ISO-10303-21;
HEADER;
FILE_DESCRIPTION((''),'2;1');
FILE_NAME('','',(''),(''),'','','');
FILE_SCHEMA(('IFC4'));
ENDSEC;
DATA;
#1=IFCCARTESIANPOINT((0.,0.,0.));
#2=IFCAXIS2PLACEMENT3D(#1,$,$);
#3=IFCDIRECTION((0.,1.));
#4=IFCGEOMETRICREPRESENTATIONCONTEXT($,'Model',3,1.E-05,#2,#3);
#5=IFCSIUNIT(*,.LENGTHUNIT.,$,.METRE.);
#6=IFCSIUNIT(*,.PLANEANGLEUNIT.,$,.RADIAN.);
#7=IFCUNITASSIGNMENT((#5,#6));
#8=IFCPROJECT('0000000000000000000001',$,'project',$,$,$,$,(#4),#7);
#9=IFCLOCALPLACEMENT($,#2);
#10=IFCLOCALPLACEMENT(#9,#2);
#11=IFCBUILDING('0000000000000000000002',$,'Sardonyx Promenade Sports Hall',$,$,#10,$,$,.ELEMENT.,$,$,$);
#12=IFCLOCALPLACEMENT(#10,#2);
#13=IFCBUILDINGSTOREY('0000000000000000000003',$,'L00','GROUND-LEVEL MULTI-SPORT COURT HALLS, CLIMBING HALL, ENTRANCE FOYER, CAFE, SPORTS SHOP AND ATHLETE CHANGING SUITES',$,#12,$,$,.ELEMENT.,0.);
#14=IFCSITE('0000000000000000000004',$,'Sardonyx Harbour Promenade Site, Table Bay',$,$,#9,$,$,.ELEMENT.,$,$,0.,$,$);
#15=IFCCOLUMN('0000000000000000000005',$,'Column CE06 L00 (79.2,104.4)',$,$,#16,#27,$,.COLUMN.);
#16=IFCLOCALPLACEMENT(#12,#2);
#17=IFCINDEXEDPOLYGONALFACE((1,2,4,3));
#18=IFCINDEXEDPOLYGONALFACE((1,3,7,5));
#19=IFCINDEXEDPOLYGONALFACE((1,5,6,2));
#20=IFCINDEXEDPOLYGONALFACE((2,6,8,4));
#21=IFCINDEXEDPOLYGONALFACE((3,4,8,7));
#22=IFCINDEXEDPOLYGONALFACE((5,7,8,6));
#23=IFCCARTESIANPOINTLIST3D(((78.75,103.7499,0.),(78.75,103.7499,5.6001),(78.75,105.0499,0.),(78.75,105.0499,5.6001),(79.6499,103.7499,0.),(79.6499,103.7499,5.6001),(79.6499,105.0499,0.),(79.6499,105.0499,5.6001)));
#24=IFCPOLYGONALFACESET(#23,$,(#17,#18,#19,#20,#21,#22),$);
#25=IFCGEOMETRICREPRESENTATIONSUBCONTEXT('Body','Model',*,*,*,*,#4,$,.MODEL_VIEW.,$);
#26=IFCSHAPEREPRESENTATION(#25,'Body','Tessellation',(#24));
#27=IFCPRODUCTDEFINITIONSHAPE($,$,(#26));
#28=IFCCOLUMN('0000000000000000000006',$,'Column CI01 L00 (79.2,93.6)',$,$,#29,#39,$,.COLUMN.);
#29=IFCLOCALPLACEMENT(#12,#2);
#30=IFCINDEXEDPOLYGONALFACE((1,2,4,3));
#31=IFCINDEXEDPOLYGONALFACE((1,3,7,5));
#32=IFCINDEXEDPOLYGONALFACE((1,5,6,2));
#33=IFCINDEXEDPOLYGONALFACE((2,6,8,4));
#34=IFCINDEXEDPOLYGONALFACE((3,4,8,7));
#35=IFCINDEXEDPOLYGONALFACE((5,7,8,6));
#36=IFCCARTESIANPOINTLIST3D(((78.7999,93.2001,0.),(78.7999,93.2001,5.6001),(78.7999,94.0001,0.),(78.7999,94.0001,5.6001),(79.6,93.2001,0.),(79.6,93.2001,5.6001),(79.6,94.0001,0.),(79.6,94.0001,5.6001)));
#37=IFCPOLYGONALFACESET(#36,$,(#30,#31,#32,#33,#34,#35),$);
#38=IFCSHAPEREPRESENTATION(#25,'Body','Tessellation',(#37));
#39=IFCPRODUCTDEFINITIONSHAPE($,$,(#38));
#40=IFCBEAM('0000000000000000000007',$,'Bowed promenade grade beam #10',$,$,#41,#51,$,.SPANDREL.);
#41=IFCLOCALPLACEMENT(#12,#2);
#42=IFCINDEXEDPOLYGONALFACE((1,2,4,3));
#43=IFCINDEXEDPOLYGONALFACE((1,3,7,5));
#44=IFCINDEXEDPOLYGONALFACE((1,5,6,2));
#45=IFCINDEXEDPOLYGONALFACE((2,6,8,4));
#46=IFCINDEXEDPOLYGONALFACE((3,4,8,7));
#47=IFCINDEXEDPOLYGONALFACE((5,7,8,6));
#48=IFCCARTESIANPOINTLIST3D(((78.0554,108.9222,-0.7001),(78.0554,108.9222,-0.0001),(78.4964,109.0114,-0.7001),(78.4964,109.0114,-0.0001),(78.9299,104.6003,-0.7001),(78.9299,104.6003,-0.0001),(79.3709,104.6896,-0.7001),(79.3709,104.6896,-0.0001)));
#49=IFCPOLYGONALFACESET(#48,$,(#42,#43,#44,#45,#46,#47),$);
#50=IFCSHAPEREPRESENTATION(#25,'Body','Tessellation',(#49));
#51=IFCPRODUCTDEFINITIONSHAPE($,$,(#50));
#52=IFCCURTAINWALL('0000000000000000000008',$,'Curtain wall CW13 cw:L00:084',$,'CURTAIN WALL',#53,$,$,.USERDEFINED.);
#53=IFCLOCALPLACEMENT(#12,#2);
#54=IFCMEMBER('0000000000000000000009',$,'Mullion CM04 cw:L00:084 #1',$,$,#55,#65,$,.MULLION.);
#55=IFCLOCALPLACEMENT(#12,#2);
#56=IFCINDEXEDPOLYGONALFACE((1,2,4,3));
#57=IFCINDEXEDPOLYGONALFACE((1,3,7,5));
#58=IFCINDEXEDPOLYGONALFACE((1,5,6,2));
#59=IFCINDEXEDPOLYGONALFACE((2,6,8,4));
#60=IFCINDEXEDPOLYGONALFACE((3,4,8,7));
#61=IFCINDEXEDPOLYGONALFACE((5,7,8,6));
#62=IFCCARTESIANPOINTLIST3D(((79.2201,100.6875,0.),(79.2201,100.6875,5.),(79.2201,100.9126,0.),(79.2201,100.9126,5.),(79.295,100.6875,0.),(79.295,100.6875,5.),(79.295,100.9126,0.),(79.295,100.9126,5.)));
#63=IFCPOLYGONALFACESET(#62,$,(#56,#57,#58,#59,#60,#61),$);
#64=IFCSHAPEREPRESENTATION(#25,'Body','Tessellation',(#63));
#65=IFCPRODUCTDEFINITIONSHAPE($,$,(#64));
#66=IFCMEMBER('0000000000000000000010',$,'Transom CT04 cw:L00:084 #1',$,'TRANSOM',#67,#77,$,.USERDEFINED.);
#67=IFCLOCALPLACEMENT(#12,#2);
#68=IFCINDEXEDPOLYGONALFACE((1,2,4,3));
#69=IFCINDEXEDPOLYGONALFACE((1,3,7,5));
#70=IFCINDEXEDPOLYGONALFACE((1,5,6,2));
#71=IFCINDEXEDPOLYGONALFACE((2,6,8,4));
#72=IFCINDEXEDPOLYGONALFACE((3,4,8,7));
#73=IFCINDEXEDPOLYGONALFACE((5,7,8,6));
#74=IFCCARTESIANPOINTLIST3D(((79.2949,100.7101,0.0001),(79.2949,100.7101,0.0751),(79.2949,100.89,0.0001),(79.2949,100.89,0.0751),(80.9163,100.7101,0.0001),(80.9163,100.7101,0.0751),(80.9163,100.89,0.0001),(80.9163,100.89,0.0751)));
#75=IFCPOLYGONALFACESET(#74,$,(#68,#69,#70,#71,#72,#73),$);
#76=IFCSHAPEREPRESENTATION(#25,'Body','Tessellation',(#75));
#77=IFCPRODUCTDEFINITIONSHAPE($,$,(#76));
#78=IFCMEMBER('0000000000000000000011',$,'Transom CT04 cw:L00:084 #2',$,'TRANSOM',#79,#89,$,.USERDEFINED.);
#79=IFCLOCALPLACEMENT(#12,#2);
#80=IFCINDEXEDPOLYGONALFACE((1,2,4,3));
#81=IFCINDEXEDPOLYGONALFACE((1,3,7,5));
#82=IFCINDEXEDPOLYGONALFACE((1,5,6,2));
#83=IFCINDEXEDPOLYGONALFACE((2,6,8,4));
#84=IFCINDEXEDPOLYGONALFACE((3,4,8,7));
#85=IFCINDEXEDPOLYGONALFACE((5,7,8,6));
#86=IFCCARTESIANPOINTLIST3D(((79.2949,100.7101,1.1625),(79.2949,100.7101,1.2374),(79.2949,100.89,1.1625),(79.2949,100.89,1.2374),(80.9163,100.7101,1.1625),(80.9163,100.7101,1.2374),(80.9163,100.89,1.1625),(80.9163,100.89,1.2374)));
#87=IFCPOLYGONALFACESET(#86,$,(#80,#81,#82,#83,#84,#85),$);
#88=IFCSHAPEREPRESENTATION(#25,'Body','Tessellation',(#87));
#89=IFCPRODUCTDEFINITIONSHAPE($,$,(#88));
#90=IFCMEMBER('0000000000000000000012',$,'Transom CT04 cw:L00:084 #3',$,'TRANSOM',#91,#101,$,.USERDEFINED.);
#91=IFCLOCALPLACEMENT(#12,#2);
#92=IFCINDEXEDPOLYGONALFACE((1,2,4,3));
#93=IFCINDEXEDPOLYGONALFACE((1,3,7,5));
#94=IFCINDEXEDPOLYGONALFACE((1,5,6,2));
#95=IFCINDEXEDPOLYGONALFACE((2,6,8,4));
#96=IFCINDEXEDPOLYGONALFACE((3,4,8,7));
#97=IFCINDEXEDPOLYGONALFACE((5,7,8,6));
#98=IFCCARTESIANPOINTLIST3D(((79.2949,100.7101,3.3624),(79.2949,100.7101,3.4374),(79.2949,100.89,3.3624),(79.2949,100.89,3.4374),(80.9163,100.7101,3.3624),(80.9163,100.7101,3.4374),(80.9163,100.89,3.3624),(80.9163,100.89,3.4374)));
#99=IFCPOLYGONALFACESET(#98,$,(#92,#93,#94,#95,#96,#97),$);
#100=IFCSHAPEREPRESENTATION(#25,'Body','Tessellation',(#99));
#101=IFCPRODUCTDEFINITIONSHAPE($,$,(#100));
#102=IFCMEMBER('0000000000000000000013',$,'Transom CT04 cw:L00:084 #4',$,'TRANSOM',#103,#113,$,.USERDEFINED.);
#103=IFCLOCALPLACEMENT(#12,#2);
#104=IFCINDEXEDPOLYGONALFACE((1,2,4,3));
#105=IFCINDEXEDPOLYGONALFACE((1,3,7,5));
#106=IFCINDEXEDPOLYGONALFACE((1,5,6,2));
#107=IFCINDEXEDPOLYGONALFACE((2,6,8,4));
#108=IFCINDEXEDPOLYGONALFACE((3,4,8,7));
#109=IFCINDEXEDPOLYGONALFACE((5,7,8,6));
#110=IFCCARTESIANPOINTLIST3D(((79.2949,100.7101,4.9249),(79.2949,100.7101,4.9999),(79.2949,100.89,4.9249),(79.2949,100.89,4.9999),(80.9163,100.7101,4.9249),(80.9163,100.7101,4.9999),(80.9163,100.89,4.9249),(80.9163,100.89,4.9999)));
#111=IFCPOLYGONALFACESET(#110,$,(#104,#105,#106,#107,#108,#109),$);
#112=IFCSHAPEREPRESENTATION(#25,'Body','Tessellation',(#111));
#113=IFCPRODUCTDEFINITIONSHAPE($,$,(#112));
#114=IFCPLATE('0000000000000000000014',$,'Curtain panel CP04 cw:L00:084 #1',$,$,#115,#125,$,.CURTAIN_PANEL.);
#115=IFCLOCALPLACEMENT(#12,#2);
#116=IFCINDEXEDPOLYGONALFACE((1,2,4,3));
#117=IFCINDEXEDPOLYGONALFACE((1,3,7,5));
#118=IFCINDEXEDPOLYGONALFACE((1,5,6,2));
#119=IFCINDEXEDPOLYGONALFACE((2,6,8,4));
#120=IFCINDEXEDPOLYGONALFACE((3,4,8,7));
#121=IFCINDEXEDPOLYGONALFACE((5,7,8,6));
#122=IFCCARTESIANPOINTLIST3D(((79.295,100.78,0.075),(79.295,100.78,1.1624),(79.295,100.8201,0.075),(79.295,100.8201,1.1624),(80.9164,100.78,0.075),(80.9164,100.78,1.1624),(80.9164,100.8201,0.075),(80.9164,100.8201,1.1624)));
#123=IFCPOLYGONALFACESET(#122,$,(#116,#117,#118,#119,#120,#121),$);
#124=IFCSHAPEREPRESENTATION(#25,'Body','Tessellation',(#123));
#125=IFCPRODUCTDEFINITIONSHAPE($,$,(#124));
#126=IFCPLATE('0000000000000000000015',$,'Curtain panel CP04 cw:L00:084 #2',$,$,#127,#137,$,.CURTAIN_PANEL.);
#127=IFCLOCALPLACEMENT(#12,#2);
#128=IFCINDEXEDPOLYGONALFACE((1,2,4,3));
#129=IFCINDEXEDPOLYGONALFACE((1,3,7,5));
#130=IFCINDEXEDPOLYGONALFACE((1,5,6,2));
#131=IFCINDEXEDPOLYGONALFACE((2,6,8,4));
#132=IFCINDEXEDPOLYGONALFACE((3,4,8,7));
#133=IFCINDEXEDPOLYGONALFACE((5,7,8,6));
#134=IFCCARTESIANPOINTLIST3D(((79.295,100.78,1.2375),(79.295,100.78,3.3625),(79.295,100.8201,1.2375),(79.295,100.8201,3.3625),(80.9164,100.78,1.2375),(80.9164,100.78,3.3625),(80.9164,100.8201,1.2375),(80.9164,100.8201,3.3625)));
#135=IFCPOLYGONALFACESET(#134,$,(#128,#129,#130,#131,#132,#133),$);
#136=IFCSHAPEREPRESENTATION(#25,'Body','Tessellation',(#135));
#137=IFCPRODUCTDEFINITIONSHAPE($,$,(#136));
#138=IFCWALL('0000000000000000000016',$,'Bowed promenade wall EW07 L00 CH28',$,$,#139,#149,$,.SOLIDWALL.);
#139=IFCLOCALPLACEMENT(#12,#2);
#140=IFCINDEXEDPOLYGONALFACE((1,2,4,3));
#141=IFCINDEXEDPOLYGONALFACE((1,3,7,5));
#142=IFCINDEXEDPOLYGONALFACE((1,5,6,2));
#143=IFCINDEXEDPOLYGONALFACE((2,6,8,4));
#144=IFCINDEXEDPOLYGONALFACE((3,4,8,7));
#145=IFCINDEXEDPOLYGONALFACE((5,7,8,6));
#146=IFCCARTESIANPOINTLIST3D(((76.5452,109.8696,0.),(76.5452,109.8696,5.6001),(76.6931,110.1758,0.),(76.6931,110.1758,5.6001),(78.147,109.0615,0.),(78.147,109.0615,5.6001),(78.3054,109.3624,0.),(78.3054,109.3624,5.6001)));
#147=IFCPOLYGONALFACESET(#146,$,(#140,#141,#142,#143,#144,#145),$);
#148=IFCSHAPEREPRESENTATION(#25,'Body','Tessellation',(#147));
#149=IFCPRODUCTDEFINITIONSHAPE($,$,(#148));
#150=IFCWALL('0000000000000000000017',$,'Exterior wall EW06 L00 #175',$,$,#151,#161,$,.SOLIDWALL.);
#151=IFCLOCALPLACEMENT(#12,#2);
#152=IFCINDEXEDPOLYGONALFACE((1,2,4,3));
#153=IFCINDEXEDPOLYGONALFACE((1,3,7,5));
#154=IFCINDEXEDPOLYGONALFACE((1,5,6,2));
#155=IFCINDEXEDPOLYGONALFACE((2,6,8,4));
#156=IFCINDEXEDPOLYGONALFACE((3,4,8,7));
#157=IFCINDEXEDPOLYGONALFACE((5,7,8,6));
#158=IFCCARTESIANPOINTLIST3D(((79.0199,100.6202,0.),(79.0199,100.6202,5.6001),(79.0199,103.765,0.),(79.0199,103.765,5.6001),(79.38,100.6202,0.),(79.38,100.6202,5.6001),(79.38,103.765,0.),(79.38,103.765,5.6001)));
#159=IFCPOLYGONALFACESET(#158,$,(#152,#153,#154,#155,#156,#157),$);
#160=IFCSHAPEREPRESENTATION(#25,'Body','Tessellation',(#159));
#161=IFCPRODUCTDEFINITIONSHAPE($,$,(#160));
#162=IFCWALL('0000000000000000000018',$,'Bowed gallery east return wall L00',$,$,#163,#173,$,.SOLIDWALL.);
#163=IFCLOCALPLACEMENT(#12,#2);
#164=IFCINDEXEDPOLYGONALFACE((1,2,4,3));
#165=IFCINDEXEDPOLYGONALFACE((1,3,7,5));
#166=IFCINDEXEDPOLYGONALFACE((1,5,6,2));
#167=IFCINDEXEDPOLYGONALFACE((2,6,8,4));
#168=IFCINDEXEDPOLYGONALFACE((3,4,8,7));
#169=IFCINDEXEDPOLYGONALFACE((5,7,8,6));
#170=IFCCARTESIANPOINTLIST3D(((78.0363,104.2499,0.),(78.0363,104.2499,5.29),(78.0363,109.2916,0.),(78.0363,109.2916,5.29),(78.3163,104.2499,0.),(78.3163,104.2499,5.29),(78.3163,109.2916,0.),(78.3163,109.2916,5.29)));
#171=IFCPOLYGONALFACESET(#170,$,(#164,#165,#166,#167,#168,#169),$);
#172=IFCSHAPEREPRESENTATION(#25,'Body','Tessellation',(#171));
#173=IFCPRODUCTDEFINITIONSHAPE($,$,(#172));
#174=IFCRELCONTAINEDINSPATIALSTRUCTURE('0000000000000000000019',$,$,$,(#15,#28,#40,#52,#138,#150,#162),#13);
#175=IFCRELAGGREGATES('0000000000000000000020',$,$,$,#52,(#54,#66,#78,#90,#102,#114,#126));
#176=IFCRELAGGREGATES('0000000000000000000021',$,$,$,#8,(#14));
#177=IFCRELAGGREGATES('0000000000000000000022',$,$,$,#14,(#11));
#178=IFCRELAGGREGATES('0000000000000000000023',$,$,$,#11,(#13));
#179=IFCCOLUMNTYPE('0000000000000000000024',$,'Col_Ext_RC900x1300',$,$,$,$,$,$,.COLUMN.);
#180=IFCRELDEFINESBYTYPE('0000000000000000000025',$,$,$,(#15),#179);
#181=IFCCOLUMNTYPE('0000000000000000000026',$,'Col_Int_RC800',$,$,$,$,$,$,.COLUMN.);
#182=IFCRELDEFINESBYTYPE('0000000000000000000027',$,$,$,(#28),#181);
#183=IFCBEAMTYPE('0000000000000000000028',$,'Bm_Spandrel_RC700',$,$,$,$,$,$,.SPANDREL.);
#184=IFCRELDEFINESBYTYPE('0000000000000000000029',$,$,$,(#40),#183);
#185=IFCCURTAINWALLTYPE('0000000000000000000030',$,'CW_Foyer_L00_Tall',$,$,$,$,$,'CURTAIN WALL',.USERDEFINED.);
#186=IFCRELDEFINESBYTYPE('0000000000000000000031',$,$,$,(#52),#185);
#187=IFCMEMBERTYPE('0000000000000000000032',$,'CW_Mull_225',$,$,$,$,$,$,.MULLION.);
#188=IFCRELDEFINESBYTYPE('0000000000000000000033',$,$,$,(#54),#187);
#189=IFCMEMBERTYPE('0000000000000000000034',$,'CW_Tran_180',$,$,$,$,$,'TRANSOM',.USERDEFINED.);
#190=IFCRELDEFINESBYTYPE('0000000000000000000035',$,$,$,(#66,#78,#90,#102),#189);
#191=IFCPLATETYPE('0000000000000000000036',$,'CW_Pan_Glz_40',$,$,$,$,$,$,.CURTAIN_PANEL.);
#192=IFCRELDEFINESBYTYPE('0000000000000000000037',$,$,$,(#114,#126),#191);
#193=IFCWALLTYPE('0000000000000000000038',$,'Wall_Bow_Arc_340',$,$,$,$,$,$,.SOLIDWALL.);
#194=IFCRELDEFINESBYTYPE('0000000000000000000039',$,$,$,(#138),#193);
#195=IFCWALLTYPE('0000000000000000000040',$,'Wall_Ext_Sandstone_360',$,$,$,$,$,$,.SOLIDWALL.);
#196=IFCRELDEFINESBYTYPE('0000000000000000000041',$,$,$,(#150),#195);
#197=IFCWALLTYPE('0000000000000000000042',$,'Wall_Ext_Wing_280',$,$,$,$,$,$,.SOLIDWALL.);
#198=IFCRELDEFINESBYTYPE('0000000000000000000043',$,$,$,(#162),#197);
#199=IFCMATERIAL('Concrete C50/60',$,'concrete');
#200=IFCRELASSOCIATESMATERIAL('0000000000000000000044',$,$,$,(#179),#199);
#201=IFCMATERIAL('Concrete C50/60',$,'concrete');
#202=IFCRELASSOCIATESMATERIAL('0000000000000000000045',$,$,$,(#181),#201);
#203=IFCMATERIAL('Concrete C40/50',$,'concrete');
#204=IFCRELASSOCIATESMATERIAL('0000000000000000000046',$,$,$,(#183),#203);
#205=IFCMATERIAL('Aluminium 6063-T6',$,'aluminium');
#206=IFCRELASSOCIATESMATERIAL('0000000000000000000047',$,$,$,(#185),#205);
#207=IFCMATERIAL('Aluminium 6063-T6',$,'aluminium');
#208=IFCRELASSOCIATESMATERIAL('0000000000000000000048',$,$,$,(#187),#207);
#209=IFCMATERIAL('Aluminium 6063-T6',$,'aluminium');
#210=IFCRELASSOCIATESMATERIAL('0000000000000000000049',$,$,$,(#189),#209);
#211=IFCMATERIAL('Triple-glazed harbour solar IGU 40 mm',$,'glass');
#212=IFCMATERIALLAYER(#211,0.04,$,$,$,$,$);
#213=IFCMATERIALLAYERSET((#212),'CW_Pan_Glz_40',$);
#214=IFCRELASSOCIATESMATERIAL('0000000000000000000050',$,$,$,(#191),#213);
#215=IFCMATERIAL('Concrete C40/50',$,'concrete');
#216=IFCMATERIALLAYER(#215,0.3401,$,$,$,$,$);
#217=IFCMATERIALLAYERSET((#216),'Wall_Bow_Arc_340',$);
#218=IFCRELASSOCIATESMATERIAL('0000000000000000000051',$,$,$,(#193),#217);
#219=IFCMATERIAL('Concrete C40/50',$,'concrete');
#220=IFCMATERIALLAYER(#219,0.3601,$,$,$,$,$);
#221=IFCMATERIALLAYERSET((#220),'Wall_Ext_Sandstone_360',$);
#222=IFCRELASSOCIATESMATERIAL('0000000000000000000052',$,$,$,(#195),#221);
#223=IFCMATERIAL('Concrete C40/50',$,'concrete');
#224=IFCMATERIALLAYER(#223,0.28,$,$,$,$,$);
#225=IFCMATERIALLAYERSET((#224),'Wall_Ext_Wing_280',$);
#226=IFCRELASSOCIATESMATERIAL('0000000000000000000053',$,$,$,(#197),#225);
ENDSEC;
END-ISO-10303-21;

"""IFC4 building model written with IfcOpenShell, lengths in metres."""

from ifc_helpers import new_model, si_unit, direction, frame, frame_2d, origin, origin_2d, place, context, subcontext, project, spatial, polyline, rectangle, outline, extrude, material, layer, layer_set, material_profile, profile_set, type_object, element, aggregate, save


model = new_model("IFC4")

# Units and contexts
model_context = context("Model", 3, precision=1e-05, world=origin(), true_north=direction((0.0, 1.0)))
body_context = subcontext(model_context, "Body", "Model", "MODEL_VIEW")
ifc_project = project(units=[si_unit("LENGTHUNIT", "METRE"), si_unit("PLANEANGLEUNIT", "RADIAN")], contexts=[model_context])

# Site, building, storey
site_placement = place(None, origin())
site = spatial("IfcSite", under=ifc_project, at=site_placement, Name="Sardonyx Harbour Promenade Site, Table Bay", CompositionType="ELEMENT", RefElevation=0.0)
building_placement = place(site_placement, origin())
building = spatial("IfcBuilding", under=site, at=building_placement, Name="Sardonyx Promenade Sports Hall", CompositionType="ELEMENT")
storey_placement = place(building_placement, origin())
storey = spatial("IfcBuildingStorey", under=building, at=storey_placement, Name="L00", Description="GROUND-LEVEL MULTI-SPORT COURT HALLS, CLIMBING HALL, ENTRANCE FOYER, CAFE, SPORTS SHOP AND ATHLETE CHANGING SUITES", CompositionType="ELEMENT", Elevation=0.0)

# Columns
ifc_material_1 = material(Name="Concrete C50/60", Category="concrete")
ifc_material_profile_1 = material_profile(ifc_material_1, rectangle(XDim=0.8999, YDim=1.3, at=origin_2d()))
ifc_profile_set_1 = profile_set([ifc_material_profile_1], Name="Concrete C50/60")
column_type_1 = type_object("IfcColumnType", Name="Col_Ext_RC900x1300", PredefinedType="COLUMN", material=ifc_profile_set_1)
column_1_placement = place(storey_placement, frame((79.2, 104.3999, 0.0), z_axis=(0.0, 0.0, 1.0), x_axis=(1.0, 0.0, 0.0)))
element("IfcColumn", 1, at=column_1_placement, inside=storey, type_object=column_type_1, Name="Column CE06 L00 (79.2,104.4)", PredefinedType="COLUMN", context=body_context, shape_type="SweptSolid", body=[
    extrude(rectangle(XDim=0.8999, YDim=1.3, at=origin_2d()), origin(), (0.0, 0.0, 1.0), 5.6001),
])
ifc_material_2 = material(Name="Concrete C50/60", Category="concrete")
ifc_material_profile_2 = material_profile(ifc_material_2, rectangle(XDim=0.8, YDim=0.8, at=origin_2d()))
ifc_profile_set_2 = profile_set([ifc_material_profile_2], Name="Concrete C50/60")
column_type_2 = type_object("IfcColumnType", Name="Col_Int_RC800", PredefinedType="COLUMN", material=ifc_profile_set_2)
column_2_placement = place(storey_placement, frame((79.2, 93.6001, 0.0), z_axis=(0.0, 0.0, 1.0), x_axis=(1.0, 0.0, 0.0)))
element("IfcColumn", 2, at=column_2_placement, inside=storey, type_object=column_type_2, Name="Column CI01 L00 (79.2,93.6)", PredefinedType="COLUMN", context=body_context, shape_type="SweptSolid", body=[
    extrude(rectangle(XDim=0.8, YDim=0.8, at=origin_2d()), origin(), (0.0, 0.0, 1.0), 5.6001),
])

# Beam
ifc_material_3 = material(Name="Concrete C40/50", Category="concrete")
ifc_material_profile_3 = material_profile(ifc_material_3, rectangle(XDim=0.45, YDim=0.7, at=origin_2d()))
ifc_profile_set_3 = profile_set([ifc_material_profile_3], Name="Concrete C40/50")
beam_type = type_object("IfcBeamType", Name="Bm_Spandrel_RC700", PredefinedType="SPANDREL", material=ifc_profile_set_3)
beam_placement = place(storey_placement, frame((78.2759, 108.9668, -0.3501), z_axis=(0.19833, -0.980135, 0.0), x_axis=(0.980135, 0.19833, 0.0)))
element("IfcBeam", 3, at=beam_placement, inside=storey, type_object=beam_type, Name="Bowed promenade grade beam #10", PredefinedType="SPANDREL", context=body_context, shape_type="SweptSolid", body=[
    extrude(rectangle(XDim=0.45, YDim=0.7, at=origin_2d()), origin(), (0.0, 0.0, 1.0), 4.4094),
])

# Curtain wall, members, plates
ifc_material_4 = material(Name="Aluminium 6063-T6", Category="aluminium")
curtain_wall_type = type_object("IfcCurtainWallType", Name="CW_Foyer_L00_Tall", ElementType="CURTAIN WALL", PredefinedType="USERDEFINED", material=ifc_material_4)
curtain_wall_placement = place(storey_placement, origin())
curtain_wall = element("IfcCurtainWall", 4, at=curtain_wall_placement, inside=storey, type_object=curtain_wall_type, Name="Curtain wall CW13 cw:L00:084", ObjectType="CURTAIN WALL", PredefinedType="USERDEFINED")
ifc_material_5 = material(Name="Aluminium 6063-T6", Category="aluminium")
ifc_material_profile_4 = material_profile(ifc_material_5, rectangle(XDim=0.075, YDim=0.2251, at=origin_2d()))
ifc_profile_set_4 = profile_set([ifc_material_profile_4], Name="Aluminium 6063-T6")
member_type_1 = type_object("IfcMemberType", Name="CW_Mull_225", PredefinedType="MULLION", material=ifc_profile_set_4)
member_1_placement = place(storey_placement, frame((79.2576, 100.8, 0.0), z_axis=(0.0, 0.0, 1.0), x_axis=(1.0, 0.0, 0.0)))
member_1 = element("IfcMember", 5, at=member_1_placement, type_object=member_type_1, Name="Mullion CM04 cw:L00:084 #1", PredefinedType="MULLION", context=body_context, shape_type="SweptSolid", body=[
    extrude(rectangle(XDim=0.075, YDim=0.2251, at=origin_2d()), origin(), (0.0, 0.0, 1.0), 5.0),
])
ifc_material_6 = material(Name="Aluminium 6063-T6", Category="aluminium")
ifc_material_profile_5 = material_profile(ifc_material_6, rectangle(XDim=0.075, YDim=0.1799, at=origin_2d()))
ifc_profile_set_5 = profile_set([ifc_material_profile_5], Name="Aluminium 6063-T6")
member_type_2 = type_object("IfcMemberType", Name="CW_Tran_180", ElementType="TRANSOM", PredefinedType="USERDEFINED", material=ifc_profile_set_5)
member_2_placement = place(storey_placement, frame((79.2949, 100.8, 0.0376), z_axis=(1.0, 0.0, 0.0), x_axis=(0.0, 0.0, 1.0)))
member_2 = element("IfcMember", 6, at=member_2_placement, type_object=member_type_2, Name="Transom CT04 cw:L00:084 #1", ObjectType="TRANSOM", PredefinedType="USERDEFINED", context=body_context, shape_type="SweptSolid", body=[
    extrude(rectangle(XDim=0.075, YDim=0.1799, at=origin_2d()), origin(), (0.0, 0.0, 1.0), 1.6213),
])
member_3_placement = place(storey_placement, frame((79.2949, 100.8, 1.2), z_axis=(1.0, 0.0, 0.0), x_axis=(0.0, 0.0, 1.0)))
member_3 = element("IfcMember", 7, at=member_3_placement, type_object=member_type_2, Name="Transom CT04 cw:L00:084 #2", ObjectType="TRANSOM", PredefinedType="USERDEFINED", context=body_context, shape_type="SweptSolid", body=[
    extrude(rectangle(XDim=0.075, YDim=0.1799, at=origin_2d()), origin(), (0.0, 0.0, 1.0), 1.6213),
])
member_4_placement = place(storey_placement, frame((79.2949, 100.8, 3.3999), z_axis=(1.0, 0.0, 0.0), x_axis=(0.0, 0.0, 1.0)))
member_4 = element("IfcMember", 8, at=member_4_placement, type_object=member_type_2, Name="Transom CT04 cw:L00:084 #3", ObjectType="TRANSOM", PredefinedType="USERDEFINED", context=body_context, shape_type="SweptSolid", body=[
    extrude(rectangle(XDim=0.075, YDim=0.1799, at=origin_2d()), origin(), (0.0, 0.0, 1.0), 1.6213),
])
member_5_placement = place(storey_placement, frame((79.2949, 100.8, 4.9624), z_axis=(1.0, 0.0, 0.0), x_axis=(0.0, 0.0, 1.0)))
member_5 = element("IfcMember", 9, at=member_5_placement, type_object=member_type_2, Name="Transom CT04 cw:L00:084 #4", ObjectType="TRANSOM", PredefinedType="USERDEFINED", context=body_context, shape_type="SweptSolid", body=[
    extrude(rectangle(XDim=0.075, YDim=0.1799, at=origin_2d()), origin(), (0.0, 0.0, 1.0), 1.6213),
])
ifc_material_7 = material(Name="Triple-glazed harbour solar IGU 40 mm", Category="glass")
ifc_layer_1 = layer(ifc_material_7, 0.04)
ifc_layer_set_1 = layer_set([ifc_layer_1], Name="CW_Pan_Glz_40")
plate_type = type_object("IfcPlateType", Name="CW_Pan_Glz_40", PredefinedType="CURTAIN_PANEL", material=ifc_layer_set_1)
plate_1_placement = place(storey_placement, frame((80.1057, 100.8, 0.075), z_axis=(0.0, 0.0, 1.0), x_axis=(1.0, 0.0, 0.0)))
plate_1 = element("IfcPlate", 10, at=plate_1_placement, type_object=plate_type, Name="Curtain panel CP04 cw:L00:084 #1", PredefinedType="CURTAIN_PANEL", context=body_context, shape_type="SweptSolid", body=[
    extrude(rectangle(XDim=1.6213, YDim=0.04, at=origin_2d()), origin(), (0.0, 0.0, 1.0), 1.0874),
])
plate_2_placement = place(storey_placement, frame((80.1057, 100.8, 1.2375), z_axis=(0.0, 0.0, 1.0), x_axis=(1.0, 0.0, 0.0)))
plate_2 = element("IfcPlate", 11, at=plate_2_placement, type_object=plate_type, Name="Curtain panel CP04 cw:L00:084 #2", PredefinedType="CURTAIN_PANEL", context=body_context, shape_type="SweptSolid", body=[
    extrude(rectangle(XDim=1.6213, YDim=0.04, at=origin_2d()), origin(), (0.0, 0.0, 1.0), 2.125),
])
aggregate(curtain_wall, [member_1, member_2, member_3, member_4, member_5, plate_1, plate_2])

# Walls
ifc_material_8 = material(Name="Concrete C40/50", Category="concrete")
ifc_layer_2 = layer(ifc_material_8, 0.3401)
ifc_layer_set_2 = layer_set([ifc_layer_2], Name="Wall_Bow_Arc_340")
wall_type_1 = type_object("IfcWallType", Name="Wall_Bow_Arc_340", PredefinedType="SOLIDWALL", material=ifc_layer_set_2)
wall_1_placement = place(storey_placement, frame((76.6191, 110.0227, 0.0), z_axis=(0.0, 0.0, 1.0), x_axis=(0.892821, -0.450411, 0.0)))
element("IfcWall", 12, at=wall_1_placement, inside=storey, type_object=wall_type_1, Name="Bowed promenade wall EW07 L00 CH28", PredefinedType="SOLIDWALL", context=body_context, shape_type="SweptSolid", body=[
    extrude(outline(polyline([(0.0029, -0.17), (1.7971, -0.17), (1.8029, 0.17), (-0.0029, 0.17), (0.0029, -0.17)])), origin(), (0.0, 0.0, 1.0), 5.6001),
])
ifc_material_9 = material(Name="Concrete C40/50", Category="concrete")
ifc_layer_3 = layer(ifc_material_9, 0.3601)
ifc_layer_set_3 = layer_set([ifc_layer_3], Name="Wall_Ext_Sandstone_360")
wall_type_2 = type_object("IfcWallType", Name="Wall_Ext_Sandstone_360", PredefinedType="SOLIDWALL", material=ifc_layer_set_3)
wall_2_placement = place(storey_placement, frame((79.2, 103.7649, 0.0), z_axis=(0.0, 0.0, 1.0), x_axis=(0.0, -1.0, 0.0)))
element("IfcWall", 13, at=wall_2_placement, inside=storey, type_object=wall_type_2, Name="Exterior wall EW06 L00 #175", PredefinedType="SOLIDWALL", context=body_context, shape_type="SweptSolid", body=[
    extrude(rectangle(XDim=3.1448, YDim=0.3601, at=frame_2d((1.5723, 0.0))), origin(), (0.0, 0.0, 1.0), 5.6001),
])
ifc_material_10 = material(Name="Concrete C40/50", Category="concrete")
ifc_layer_4 = layer(ifc_material_10, 0.28)
ifc_layer_set_4 = layer_set([ifc_layer_4], Name="Wall_Ext_Wing_280")
wall_type_3 = type_object("IfcWallType", Name="Wall_Ext_Wing_280", PredefinedType="SOLIDWALL", material=ifc_layer_set_4)
wall_3_placement = place(storey_placement, frame((78.1763, 109.2917, 0.0), z_axis=(0.0, 0.0, 1.0), x_axis=(0.0, -1.0, 0.0)))
element("IfcWall", 14, at=wall_3_placement, inside=storey, type_object=wall_type_3, Name="Bowed gallery east return wall L00", PredefinedType="SOLIDWALL", context=body_context, shape_type="SweptSolid", body=[
    extrude(rectangle(XDim=5.0417, YDim=0.28, at=frame_2d((2.521, 0.0))), origin(), (0.0, 0.0, 1.0), 5.29),
])

save(model, "model.ifc")
